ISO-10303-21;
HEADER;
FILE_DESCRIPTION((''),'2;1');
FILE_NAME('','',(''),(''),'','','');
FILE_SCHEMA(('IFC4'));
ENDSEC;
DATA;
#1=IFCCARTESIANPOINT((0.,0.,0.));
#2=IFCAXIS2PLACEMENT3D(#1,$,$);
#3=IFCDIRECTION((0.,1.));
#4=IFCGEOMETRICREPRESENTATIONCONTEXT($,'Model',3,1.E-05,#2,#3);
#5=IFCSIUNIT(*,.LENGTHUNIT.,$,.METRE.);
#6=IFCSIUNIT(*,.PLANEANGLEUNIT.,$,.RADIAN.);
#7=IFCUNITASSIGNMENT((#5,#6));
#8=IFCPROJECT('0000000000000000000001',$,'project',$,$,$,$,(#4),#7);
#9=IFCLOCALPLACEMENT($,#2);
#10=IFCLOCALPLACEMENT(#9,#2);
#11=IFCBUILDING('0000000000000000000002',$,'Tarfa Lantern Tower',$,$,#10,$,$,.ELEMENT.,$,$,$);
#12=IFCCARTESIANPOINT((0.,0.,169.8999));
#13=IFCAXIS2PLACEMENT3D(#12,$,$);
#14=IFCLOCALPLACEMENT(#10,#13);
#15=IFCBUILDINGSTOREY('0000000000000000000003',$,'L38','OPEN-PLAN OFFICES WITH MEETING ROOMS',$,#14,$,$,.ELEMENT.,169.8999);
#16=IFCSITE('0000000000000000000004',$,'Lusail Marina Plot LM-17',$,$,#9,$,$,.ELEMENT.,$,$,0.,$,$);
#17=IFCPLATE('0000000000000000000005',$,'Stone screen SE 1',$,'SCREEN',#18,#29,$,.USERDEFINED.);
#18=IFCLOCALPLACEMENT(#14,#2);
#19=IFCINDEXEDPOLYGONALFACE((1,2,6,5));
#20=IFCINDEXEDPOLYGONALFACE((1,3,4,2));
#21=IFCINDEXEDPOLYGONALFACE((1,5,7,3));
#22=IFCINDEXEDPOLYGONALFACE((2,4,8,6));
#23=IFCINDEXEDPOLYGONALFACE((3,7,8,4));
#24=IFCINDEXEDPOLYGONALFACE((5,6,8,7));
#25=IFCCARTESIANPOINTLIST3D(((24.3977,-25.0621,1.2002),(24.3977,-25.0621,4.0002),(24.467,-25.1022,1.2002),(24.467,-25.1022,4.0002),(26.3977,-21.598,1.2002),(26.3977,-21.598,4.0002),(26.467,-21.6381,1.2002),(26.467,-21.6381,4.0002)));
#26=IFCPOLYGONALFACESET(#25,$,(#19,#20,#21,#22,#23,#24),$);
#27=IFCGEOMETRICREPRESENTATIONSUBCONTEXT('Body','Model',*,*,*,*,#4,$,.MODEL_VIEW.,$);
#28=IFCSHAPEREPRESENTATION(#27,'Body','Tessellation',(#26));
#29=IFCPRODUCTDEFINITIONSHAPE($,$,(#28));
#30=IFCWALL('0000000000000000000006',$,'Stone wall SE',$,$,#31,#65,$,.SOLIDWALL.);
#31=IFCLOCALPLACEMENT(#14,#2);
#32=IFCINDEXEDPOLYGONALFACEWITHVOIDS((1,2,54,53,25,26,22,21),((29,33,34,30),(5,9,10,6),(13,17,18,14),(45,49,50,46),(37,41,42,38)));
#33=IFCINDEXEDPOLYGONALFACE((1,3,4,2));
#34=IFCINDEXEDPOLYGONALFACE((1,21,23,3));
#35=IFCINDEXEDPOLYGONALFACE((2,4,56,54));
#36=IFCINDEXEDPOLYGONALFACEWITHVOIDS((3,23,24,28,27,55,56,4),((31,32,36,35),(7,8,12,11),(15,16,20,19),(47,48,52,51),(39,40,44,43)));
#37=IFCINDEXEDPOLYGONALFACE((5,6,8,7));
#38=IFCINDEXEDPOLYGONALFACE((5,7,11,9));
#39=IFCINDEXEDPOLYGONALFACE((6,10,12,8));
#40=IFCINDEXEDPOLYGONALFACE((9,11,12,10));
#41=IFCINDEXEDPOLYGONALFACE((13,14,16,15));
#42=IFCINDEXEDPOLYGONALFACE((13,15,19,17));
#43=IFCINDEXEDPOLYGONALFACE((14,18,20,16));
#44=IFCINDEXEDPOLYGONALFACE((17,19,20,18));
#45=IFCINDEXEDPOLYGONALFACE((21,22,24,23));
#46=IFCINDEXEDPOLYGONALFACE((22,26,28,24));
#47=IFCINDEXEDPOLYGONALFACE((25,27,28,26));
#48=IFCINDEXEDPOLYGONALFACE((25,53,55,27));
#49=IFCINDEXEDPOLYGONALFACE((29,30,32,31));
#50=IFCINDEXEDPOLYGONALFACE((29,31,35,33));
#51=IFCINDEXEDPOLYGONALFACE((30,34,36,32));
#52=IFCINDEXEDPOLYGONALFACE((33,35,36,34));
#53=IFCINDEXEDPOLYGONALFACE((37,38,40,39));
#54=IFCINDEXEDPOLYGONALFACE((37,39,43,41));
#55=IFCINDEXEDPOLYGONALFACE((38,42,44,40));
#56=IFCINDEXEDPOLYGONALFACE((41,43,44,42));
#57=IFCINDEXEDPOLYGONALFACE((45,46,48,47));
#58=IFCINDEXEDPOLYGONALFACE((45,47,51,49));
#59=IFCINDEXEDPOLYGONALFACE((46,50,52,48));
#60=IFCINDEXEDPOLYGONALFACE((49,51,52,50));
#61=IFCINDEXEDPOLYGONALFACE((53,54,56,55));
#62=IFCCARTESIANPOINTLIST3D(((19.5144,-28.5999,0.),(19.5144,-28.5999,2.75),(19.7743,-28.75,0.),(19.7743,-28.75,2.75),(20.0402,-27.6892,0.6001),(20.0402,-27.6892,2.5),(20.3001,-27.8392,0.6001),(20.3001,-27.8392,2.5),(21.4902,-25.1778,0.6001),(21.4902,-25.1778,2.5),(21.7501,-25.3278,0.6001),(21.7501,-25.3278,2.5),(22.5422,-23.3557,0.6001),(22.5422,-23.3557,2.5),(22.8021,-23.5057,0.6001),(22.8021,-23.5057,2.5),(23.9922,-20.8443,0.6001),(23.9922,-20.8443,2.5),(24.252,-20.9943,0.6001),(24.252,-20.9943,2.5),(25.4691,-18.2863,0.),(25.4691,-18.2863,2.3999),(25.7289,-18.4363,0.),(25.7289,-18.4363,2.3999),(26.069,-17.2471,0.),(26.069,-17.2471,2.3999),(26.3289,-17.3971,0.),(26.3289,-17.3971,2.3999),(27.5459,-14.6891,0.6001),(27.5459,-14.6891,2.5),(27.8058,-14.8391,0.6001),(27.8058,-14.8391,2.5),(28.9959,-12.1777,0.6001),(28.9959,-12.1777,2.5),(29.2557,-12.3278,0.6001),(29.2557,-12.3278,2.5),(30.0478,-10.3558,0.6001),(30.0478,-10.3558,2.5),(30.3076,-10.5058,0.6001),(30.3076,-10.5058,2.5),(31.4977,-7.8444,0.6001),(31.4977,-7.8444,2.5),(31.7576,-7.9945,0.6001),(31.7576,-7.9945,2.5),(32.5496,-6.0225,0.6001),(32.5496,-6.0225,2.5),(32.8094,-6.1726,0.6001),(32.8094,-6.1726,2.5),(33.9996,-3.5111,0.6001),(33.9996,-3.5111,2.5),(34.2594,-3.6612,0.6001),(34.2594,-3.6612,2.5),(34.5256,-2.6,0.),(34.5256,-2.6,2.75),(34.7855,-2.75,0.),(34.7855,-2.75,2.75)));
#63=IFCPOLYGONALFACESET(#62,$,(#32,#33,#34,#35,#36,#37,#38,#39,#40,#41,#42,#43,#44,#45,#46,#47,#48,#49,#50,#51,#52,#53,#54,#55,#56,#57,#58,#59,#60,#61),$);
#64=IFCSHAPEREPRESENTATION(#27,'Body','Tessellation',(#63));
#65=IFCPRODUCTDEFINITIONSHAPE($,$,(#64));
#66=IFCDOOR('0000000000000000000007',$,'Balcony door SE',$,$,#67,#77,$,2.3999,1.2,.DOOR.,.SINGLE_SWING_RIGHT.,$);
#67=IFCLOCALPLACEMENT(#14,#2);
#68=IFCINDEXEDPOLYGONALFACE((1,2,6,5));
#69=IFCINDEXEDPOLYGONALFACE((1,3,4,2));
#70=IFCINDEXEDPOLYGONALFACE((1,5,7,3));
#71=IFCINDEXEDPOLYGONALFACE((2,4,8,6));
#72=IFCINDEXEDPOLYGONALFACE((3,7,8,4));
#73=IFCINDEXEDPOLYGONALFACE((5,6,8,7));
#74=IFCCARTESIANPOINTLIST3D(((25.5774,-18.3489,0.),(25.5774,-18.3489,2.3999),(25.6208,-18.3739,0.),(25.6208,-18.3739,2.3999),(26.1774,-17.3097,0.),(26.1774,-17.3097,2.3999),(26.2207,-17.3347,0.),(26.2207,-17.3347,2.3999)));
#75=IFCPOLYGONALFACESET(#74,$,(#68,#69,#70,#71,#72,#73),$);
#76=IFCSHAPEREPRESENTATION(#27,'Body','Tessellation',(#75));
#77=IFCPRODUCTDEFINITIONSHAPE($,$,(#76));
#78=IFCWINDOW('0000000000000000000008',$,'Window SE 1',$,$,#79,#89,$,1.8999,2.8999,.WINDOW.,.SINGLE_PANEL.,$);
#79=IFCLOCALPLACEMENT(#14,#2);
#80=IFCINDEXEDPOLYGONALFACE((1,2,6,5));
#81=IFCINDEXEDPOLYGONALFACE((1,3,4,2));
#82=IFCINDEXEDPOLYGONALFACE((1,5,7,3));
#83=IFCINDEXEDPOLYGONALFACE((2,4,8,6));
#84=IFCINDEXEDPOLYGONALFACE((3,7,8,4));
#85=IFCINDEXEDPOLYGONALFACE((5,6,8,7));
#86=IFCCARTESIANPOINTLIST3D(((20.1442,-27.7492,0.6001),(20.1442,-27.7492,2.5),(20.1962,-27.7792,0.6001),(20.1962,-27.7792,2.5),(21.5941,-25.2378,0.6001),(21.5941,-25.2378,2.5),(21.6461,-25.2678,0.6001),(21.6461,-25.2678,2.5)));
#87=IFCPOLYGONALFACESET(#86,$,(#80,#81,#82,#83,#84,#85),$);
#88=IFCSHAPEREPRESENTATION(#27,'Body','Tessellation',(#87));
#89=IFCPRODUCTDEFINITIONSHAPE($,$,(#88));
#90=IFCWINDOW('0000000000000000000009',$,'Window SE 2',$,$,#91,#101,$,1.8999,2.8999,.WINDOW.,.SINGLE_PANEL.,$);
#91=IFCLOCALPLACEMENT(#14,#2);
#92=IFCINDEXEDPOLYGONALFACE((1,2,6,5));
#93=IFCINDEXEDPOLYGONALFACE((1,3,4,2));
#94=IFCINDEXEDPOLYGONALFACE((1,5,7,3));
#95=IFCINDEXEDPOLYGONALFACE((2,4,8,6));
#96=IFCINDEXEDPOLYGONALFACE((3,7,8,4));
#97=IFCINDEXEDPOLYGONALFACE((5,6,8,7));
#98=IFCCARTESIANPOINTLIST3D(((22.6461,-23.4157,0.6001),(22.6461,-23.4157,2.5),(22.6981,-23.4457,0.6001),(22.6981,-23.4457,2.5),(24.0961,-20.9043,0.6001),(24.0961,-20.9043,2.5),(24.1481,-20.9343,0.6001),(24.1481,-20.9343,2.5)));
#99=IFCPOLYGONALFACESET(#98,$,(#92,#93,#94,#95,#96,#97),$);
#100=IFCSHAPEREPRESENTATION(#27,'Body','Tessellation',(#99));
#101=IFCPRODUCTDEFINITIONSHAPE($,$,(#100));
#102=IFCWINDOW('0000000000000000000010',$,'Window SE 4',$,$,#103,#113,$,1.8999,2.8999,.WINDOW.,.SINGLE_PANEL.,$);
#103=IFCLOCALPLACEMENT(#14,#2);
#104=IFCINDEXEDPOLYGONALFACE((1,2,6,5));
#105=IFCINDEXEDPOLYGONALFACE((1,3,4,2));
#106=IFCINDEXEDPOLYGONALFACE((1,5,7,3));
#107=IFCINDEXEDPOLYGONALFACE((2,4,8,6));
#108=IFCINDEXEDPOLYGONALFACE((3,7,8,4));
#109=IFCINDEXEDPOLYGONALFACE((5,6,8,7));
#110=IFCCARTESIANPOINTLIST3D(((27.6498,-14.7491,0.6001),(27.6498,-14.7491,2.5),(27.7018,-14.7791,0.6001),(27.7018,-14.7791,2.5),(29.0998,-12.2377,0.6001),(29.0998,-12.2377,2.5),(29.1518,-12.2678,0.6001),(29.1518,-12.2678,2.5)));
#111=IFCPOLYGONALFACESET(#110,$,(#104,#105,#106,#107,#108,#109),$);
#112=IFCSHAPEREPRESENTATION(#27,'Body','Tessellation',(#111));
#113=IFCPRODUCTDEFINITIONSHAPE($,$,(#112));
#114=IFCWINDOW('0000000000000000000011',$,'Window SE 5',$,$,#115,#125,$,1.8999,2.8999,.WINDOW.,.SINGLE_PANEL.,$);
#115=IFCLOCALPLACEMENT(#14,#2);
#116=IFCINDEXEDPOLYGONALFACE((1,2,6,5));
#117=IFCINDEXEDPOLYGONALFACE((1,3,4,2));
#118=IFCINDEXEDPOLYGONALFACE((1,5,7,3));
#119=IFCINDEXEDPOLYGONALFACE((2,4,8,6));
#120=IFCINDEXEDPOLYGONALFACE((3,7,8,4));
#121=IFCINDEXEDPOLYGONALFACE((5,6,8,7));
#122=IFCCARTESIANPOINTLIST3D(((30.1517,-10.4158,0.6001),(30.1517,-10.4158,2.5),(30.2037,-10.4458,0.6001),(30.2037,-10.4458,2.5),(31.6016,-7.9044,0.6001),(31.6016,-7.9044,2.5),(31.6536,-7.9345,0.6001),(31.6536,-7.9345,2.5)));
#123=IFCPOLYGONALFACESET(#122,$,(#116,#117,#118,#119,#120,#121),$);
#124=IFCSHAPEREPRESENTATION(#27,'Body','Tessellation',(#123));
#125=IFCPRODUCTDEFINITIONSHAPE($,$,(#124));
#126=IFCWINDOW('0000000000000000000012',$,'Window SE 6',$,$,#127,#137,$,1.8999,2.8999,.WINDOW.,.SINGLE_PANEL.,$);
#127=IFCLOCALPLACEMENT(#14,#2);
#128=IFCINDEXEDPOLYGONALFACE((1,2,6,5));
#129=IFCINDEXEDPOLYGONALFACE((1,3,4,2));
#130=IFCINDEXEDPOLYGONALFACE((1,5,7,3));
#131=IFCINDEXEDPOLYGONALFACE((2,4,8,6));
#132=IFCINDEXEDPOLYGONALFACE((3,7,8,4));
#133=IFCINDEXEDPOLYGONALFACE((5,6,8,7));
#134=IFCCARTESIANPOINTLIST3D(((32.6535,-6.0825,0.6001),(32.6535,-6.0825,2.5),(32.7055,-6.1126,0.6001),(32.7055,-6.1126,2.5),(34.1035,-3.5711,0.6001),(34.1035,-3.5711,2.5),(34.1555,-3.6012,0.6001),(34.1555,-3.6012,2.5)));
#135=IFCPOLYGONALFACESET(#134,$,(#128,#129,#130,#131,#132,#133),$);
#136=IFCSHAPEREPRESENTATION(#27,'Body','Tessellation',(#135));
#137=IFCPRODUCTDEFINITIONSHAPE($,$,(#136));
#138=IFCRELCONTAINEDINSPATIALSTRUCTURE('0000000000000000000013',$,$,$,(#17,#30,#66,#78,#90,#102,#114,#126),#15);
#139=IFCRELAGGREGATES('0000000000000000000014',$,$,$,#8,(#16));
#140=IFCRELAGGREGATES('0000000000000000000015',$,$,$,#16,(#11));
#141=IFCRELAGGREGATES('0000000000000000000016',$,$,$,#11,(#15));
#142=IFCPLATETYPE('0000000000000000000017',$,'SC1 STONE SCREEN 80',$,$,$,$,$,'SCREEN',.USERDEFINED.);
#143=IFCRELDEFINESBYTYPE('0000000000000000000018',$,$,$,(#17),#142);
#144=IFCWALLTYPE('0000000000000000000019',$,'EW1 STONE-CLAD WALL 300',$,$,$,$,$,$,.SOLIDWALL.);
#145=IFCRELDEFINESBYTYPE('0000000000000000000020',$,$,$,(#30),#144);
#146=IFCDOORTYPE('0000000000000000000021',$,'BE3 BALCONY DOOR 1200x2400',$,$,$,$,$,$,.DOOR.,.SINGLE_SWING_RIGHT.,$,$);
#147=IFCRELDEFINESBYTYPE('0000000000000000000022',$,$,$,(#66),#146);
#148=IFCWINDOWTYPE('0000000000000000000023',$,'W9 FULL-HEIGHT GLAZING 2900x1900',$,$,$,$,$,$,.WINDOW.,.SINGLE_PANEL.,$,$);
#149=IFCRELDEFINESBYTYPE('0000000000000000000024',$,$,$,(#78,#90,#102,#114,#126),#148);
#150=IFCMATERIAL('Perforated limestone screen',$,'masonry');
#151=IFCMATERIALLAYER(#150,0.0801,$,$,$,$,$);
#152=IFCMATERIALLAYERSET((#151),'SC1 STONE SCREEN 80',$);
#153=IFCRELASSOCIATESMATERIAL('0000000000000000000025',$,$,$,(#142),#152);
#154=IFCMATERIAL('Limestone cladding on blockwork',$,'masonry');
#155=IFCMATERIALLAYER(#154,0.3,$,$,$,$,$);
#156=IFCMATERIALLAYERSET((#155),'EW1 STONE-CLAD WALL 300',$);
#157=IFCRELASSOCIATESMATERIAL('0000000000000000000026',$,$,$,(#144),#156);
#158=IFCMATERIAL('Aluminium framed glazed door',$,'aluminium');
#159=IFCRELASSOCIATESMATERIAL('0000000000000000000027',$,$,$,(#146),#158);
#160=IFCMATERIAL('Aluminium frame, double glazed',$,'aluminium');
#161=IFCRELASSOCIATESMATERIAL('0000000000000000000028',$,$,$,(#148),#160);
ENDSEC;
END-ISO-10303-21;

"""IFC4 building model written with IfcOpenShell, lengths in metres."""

from ifc_helpers import new_model, si_unit, direction, frame, frame_2d, origin, origin_2d, place, context, subcontext, project, spatial, rectangle, extrude, material, layer, layer_set, type_object, element, fill, save


model = new_model("IFC4")

# Units and contexts
model_context = context("Model", 3, precision=1e-05, world=origin(), true_north=direction((0.0, 1.0)))
body_context = subcontext(model_context, "Body", "Model", "MODEL_VIEW")
ifc_project = project(units=[si_unit("LENGTHUNIT", "METRE"), si_unit("PLANEANGLEUNIT", "RADIAN")], contexts=[model_context])

# Site, building, storey
site_placement = place(None, origin())
site = spatial("IfcSite", under=ifc_project, at=site_placement, Name="Lusail Marina Plot LM-17", CompositionType="ELEMENT", RefElevation=0.0)
building_placement = place(site_placement, origin())
building = spatial("IfcBuilding", under=site, at=building_placement, Name="Tarfa Lantern Tower", CompositionType="ELEMENT")
storey_placement = place(building_placement, frame((0.0, 0.0, 169.8999)))
storey = spatial("IfcBuildingStorey", under=building, at=storey_placement, Name="L38", Description="OPEN-PLAN OFFICES WITH MEETING ROOMS", CompositionType="ELEMENT", Elevation=169.8999)

# Plate
ifc_material_1 = material(Name="Perforated limestone screen", Category="masonry")
ifc_layer_1 = layer(ifc_material_1, 0.0801)
ifc_layer_set_1 = layer_set([ifc_layer_1], Name="SC1 STONE SCREEN 80")
plate_type = type_object("IfcPlateType", Name="SC1 STONE SCREEN 80", ElementType="SCREEN", PredefinedType="USERDEFINED", material=ifc_layer_set_1)
plate_placement = place(storey_placement, frame((25.4324, -23.3501, 1.2002), z_axis=(0.0, 0.0, 1.0), x_axis=(0.5, 0.866025, 0.0)))
element("IfcPlate", 1, at=plate_placement, inside=storey, type_object=plate_type, Name="Stone screen SE 1", ObjectType="SCREEN", PredefinedType="USERDEFINED", context=body_context, shape_type="SweptSolid", body=[
    extrude(rectangle(XDim=4.0, YDim=0.0801, at=origin_2d()), origin(), (0.0, 0.0, 1.0), 2.8),
])

# Wall, openings, door, windows
ifc_material_2 = material(Name="Limestone cladding on blockwork", Category="masonry")
ifc_layer_2 = layer(ifc_material_2, 0.3)
ifc_layer_set_2 = layer_set([ifc_layer_2], Name="EW1 STONE-CLAD WALL 300")
wall_type_1 = type_object("IfcWallType", Name="EW1 STONE-CLAD WALL 300", PredefinedType="SOLIDWALL", material=ifc_layer_set_2)
wall_1_placement = place(storey_placement, frame((19.6443, -28.675, 0.0), z_axis=(0.0, 0.0, 1.0), x_axis=(0.500003, 0.866024, 0.0)))
wall_1 = element("IfcWall", 2, at=wall_1_placement, inside=storey, type_object=wall_type_1, Name="Stone wall SE", PredefinedType="SOLIDWALL", context=body_context, shape_type="SweptSolid", body=[
    extrude(rectangle(XDim=30.0222, YDim=0.3, at=frame_2d((15.0112, 0.0))), origin(), (0.0, 0.0, 1.0), 2.75),
])
opening_1_placement = place(wall_1_placement, frame((1.0518, 0.0, 0.6001)))
opening_1 = element("IfcOpeningElement", 3, at=opening_1_placement, cuts=wall_1, PredefinedType="OPENING", context=body_context, shape_type="SweptSolid", body=[
    extrude(rectangle(XDim=2.8999, YDim=1.8999, at=frame_2d((1.45, 0.95))), frame((0.0, 0.1599, 0.0), z_axis=(0.0, -1.0, 0.0), x_axis=(1.0, 0.0, 0.0)), (0.0, 0.0, 1.0), 0.3201),
])
opening_2_placement = place(wall_1_placement, frame((6.0557, 0.0, 0.6001)))
opening_2 = element("IfcOpeningElement", 4, at=opening_2_placement, cuts=wall_1, PredefinedType="OPENING", context=body_context, shape_type="SweptSolid", body=[
    extrude(rectangle(XDim=2.8999, YDim=1.8999, at=frame_2d((1.45, 0.95))), frame((0.0, 0.1599, 0.0), z_axis=(0.0, -1.0, 0.0), x_axis=(1.0, 0.0, 0.0)), (0.0, 0.0, 1.0), 0.3201),
])
opening_3_placement = place(wall_1_placement, frame((11.9092, 0.0, 0.0)))
opening_3 = element("IfcOpeningElement", 5, at=opening_3_placement, cuts=wall_1, PredefinedType="OPENING", context=body_context, shape_type="SweptSolid", body=[
    extrude(rectangle(XDim=1.2, YDim=2.3999, at=frame_2d((0.6001, 1.2))), frame((0.0, 0.1599, 0.0), z_axis=(0.0, -1.0, 0.0), x_axis=(1.0, 0.0, 0.0)), (0.0, 0.0, 1.0), 0.3201),
])
opening_4_placement = place(wall_1_placement, frame((16.063, 0.0, 0.6001)))
opening_4 = element("IfcOpeningElement", 6, at=opening_4_placement, cuts=wall_1, PredefinedType="OPENING", context=body_context, shape_type="SweptSolid", body=[
    extrude(rectangle(XDim=2.8999, YDim=1.8999, at=frame_2d((1.45, 0.95))), frame((0.0, 0.1599, 0.0), z_axis=(0.0, -1.0, 0.0), x_axis=(1.0, 0.0, 0.0)), (0.0, 0.0, 1.0), 0.3201),
])
opening_5_placement = place(wall_1_placement, frame((21.0667, 0.0, 0.6001)))
opening_5 = element("IfcOpeningElement", 7, at=opening_5_placement, cuts=wall_1, PredefinedType="OPENING", context=body_context, shape_type="SweptSolid", body=[
    extrude(rectangle(XDim=2.8999, YDim=1.8999, at=frame_2d((1.45, 0.95))), frame((0.0, 0.1599, 0.0), z_axis=(0.0, -1.0, 0.0), x_axis=(1.0, 0.0, 0.0)), (0.0, 0.0, 1.0), 0.3201),
])
opening_6_placement = place(wall_1_placement, frame((26.0703, 0.0, 0.6001)))
opening_6 = element("IfcOpeningElement", 8, at=opening_6_placement, cuts=wall_1, PredefinedType="OPENING", context=body_context, shape_type="SweptSolid", body=[
    extrude(rectangle(XDim=2.8999, YDim=1.8999, at=frame_2d((1.45, 0.95))), frame((0.0, 0.1599, 0.0), z_axis=(0.0, -1.0, 0.0), x_axis=(1.0, 0.0, 0.0)), (0.0, 0.0, 1.0), 0.3201),
])
ifc_material_3 = material(Name="Aluminium framed glazed door", Category="aluminium")
door_type_1 = type_object("IfcDoorType", Name="BE3 BALCONY DOOR 1200x2400", OperationType="SINGLE_SWING_RIGHT", PredefinedType="DOOR", material=ifc_material_3)
door_1_placement = place(opening_3_placement, origin())
door_1 = element("IfcDoor", 9, at=door_1_placement, inside=storey, type_object=door_type_1, Name="Balcony door SE", OperationType="SINGLE_SWING_RIGHT", OverallHeight=2.3999, OverallWidth=1.2, PredefinedType="DOOR", context=body_context, shape_type="SweptSolid", body=[
    extrude(rectangle(XDim=1.2, YDim=2.3999, at=frame_2d((0.6001, 1.2))), frame((0.0, 0.0249, 0.0), z_axis=(0.0, -1.0, 0.0), x_axis=(1.0, 0.0, 0.0)), (0.0, 0.0, 1.0), 0.05),
])
fill(opening_3, door_1)
ifc_material_4 = material(Name="Aluminium frame, double glazed", Category="aluminium")
window_type = type_object("IfcWindowType", Name="W9 FULL-HEIGHT GLAZING 2900x1900", PartitioningType="SINGLE_PANEL", PredefinedType="WINDOW", material=ifc_material_4)
window_1_placement = place(opening_1_placement, origin())
window_1 = element("IfcWindow", 10, at=window_1_placement, inside=storey, type_object=window_type, Name="Window SE 1", OverallHeight=1.8999, OverallWidth=2.8999, PartitioningType="SINGLE_PANEL", PredefinedType="WINDOW", context=body_context, shape_type="SweptSolid", body=[
    extrude(rectangle(XDim=2.8999, YDim=1.8999, at=frame_2d((1.45, 0.95))), frame((0.0, 0.03, 0.0), z_axis=(0.0, -1.0, 0.0), x_axis=(1.0, 0.0, 0.0)), (0.0, 0.0, 1.0), 0.0601),
])
fill(opening_1, window_1)
window_2_placement = place(opening_2_placement, origin())
window_2 = element("IfcWindow", 11, at=window_2_placement, inside=storey, type_object=window_type, Name="Window SE 2", OverallHeight=1.8999, OverallWidth=2.8999, PartitioningType="SINGLE_PANEL", PredefinedType="WINDOW", context=body_context, shape_type="SweptSolid", body=[
    extrude(rectangle(XDim=2.8999, YDim=1.8999, at=frame_2d((1.45, 0.95))), frame((0.0, 0.03, 0.0), z_axis=(0.0, -1.0, 0.0), x_axis=(1.0, 0.0, 0.0)), (0.0, 0.0, 1.0), 0.0601),
])
fill(opening_2, window_2)
window_3_placement = place(opening_4_placement, origin())
window_3 = element("IfcWindow", 12, at=window_3_placement, inside=storey, type_object=window_type, Name="Window SE 4", OverallHeight=1.8999, OverallWidth=2.8999, PartitioningType="SINGLE_PANEL", PredefinedType="WINDOW", context=body_context, shape_type="SweptSolid", body=[
    extrude(rectangle(XDim=2.8999, YDim=1.8999, at=frame_2d((1.45, 0.95))), frame((0.0, 0.03, 0.0), z_axis=(0.0, -1.0, 0.0), x_axis=(1.0, 0.0, 0.0)), (0.0, 0.0, 1.0), 0.0601),
])
fill(opening_4, window_3)
window_4_placement = place(opening_5_placement, origin())
window_4 = element("IfcWindow", 13, at=window_4_placement, inside=storey, type_object=window_type, Name="Window SE 5", OverallHeight=1.8999, OverallWidth=2.8999, PartitioningType="SINGLE_PANEL", PredefinedType="WINDOW", context=body_context, shape_type="SweptSolid", body=[
    extrude(rectangle(XDim=2.8999, YDim=1.8999, at=frame_2d((1.45, 0.95))), frame((0.0, 0.03, 0.0), z_axis=(0.0, -1.0, 0.0), x_axis=(1.0, 0.0, 0.0)), (0.0, 0.0, 1.0), 0.0601),
])
fill(opening_5, window_4)
window_5_placement = place(opening_6_placement, origin())
window_5 = element("IfcWindow", 14, at=window_5_placement, inside=storey, type_object=window_type, Name="Window SE 6", OverallHeight=1.8999, OverallWidth=2.8999, PartitioningType="SINGLE_PANEL", PredefinedType="WINDOW", context=body_context, shape_type="SweptSolid", body=[
    extrude(rectangle(XDim=2.8999, YDim=1.8999, at=frame_2d((1.45, 0.95))), frame((0.0, 0.03, 0.0), z_axis=(0.0, -1.0, 0.0), x_axis=(1.0, 0.0, 0.0)), (0.0, 0.0, 1.0), 0.0601),
])
fill(opening_6, window_5)

save(model, "model.ifc")
